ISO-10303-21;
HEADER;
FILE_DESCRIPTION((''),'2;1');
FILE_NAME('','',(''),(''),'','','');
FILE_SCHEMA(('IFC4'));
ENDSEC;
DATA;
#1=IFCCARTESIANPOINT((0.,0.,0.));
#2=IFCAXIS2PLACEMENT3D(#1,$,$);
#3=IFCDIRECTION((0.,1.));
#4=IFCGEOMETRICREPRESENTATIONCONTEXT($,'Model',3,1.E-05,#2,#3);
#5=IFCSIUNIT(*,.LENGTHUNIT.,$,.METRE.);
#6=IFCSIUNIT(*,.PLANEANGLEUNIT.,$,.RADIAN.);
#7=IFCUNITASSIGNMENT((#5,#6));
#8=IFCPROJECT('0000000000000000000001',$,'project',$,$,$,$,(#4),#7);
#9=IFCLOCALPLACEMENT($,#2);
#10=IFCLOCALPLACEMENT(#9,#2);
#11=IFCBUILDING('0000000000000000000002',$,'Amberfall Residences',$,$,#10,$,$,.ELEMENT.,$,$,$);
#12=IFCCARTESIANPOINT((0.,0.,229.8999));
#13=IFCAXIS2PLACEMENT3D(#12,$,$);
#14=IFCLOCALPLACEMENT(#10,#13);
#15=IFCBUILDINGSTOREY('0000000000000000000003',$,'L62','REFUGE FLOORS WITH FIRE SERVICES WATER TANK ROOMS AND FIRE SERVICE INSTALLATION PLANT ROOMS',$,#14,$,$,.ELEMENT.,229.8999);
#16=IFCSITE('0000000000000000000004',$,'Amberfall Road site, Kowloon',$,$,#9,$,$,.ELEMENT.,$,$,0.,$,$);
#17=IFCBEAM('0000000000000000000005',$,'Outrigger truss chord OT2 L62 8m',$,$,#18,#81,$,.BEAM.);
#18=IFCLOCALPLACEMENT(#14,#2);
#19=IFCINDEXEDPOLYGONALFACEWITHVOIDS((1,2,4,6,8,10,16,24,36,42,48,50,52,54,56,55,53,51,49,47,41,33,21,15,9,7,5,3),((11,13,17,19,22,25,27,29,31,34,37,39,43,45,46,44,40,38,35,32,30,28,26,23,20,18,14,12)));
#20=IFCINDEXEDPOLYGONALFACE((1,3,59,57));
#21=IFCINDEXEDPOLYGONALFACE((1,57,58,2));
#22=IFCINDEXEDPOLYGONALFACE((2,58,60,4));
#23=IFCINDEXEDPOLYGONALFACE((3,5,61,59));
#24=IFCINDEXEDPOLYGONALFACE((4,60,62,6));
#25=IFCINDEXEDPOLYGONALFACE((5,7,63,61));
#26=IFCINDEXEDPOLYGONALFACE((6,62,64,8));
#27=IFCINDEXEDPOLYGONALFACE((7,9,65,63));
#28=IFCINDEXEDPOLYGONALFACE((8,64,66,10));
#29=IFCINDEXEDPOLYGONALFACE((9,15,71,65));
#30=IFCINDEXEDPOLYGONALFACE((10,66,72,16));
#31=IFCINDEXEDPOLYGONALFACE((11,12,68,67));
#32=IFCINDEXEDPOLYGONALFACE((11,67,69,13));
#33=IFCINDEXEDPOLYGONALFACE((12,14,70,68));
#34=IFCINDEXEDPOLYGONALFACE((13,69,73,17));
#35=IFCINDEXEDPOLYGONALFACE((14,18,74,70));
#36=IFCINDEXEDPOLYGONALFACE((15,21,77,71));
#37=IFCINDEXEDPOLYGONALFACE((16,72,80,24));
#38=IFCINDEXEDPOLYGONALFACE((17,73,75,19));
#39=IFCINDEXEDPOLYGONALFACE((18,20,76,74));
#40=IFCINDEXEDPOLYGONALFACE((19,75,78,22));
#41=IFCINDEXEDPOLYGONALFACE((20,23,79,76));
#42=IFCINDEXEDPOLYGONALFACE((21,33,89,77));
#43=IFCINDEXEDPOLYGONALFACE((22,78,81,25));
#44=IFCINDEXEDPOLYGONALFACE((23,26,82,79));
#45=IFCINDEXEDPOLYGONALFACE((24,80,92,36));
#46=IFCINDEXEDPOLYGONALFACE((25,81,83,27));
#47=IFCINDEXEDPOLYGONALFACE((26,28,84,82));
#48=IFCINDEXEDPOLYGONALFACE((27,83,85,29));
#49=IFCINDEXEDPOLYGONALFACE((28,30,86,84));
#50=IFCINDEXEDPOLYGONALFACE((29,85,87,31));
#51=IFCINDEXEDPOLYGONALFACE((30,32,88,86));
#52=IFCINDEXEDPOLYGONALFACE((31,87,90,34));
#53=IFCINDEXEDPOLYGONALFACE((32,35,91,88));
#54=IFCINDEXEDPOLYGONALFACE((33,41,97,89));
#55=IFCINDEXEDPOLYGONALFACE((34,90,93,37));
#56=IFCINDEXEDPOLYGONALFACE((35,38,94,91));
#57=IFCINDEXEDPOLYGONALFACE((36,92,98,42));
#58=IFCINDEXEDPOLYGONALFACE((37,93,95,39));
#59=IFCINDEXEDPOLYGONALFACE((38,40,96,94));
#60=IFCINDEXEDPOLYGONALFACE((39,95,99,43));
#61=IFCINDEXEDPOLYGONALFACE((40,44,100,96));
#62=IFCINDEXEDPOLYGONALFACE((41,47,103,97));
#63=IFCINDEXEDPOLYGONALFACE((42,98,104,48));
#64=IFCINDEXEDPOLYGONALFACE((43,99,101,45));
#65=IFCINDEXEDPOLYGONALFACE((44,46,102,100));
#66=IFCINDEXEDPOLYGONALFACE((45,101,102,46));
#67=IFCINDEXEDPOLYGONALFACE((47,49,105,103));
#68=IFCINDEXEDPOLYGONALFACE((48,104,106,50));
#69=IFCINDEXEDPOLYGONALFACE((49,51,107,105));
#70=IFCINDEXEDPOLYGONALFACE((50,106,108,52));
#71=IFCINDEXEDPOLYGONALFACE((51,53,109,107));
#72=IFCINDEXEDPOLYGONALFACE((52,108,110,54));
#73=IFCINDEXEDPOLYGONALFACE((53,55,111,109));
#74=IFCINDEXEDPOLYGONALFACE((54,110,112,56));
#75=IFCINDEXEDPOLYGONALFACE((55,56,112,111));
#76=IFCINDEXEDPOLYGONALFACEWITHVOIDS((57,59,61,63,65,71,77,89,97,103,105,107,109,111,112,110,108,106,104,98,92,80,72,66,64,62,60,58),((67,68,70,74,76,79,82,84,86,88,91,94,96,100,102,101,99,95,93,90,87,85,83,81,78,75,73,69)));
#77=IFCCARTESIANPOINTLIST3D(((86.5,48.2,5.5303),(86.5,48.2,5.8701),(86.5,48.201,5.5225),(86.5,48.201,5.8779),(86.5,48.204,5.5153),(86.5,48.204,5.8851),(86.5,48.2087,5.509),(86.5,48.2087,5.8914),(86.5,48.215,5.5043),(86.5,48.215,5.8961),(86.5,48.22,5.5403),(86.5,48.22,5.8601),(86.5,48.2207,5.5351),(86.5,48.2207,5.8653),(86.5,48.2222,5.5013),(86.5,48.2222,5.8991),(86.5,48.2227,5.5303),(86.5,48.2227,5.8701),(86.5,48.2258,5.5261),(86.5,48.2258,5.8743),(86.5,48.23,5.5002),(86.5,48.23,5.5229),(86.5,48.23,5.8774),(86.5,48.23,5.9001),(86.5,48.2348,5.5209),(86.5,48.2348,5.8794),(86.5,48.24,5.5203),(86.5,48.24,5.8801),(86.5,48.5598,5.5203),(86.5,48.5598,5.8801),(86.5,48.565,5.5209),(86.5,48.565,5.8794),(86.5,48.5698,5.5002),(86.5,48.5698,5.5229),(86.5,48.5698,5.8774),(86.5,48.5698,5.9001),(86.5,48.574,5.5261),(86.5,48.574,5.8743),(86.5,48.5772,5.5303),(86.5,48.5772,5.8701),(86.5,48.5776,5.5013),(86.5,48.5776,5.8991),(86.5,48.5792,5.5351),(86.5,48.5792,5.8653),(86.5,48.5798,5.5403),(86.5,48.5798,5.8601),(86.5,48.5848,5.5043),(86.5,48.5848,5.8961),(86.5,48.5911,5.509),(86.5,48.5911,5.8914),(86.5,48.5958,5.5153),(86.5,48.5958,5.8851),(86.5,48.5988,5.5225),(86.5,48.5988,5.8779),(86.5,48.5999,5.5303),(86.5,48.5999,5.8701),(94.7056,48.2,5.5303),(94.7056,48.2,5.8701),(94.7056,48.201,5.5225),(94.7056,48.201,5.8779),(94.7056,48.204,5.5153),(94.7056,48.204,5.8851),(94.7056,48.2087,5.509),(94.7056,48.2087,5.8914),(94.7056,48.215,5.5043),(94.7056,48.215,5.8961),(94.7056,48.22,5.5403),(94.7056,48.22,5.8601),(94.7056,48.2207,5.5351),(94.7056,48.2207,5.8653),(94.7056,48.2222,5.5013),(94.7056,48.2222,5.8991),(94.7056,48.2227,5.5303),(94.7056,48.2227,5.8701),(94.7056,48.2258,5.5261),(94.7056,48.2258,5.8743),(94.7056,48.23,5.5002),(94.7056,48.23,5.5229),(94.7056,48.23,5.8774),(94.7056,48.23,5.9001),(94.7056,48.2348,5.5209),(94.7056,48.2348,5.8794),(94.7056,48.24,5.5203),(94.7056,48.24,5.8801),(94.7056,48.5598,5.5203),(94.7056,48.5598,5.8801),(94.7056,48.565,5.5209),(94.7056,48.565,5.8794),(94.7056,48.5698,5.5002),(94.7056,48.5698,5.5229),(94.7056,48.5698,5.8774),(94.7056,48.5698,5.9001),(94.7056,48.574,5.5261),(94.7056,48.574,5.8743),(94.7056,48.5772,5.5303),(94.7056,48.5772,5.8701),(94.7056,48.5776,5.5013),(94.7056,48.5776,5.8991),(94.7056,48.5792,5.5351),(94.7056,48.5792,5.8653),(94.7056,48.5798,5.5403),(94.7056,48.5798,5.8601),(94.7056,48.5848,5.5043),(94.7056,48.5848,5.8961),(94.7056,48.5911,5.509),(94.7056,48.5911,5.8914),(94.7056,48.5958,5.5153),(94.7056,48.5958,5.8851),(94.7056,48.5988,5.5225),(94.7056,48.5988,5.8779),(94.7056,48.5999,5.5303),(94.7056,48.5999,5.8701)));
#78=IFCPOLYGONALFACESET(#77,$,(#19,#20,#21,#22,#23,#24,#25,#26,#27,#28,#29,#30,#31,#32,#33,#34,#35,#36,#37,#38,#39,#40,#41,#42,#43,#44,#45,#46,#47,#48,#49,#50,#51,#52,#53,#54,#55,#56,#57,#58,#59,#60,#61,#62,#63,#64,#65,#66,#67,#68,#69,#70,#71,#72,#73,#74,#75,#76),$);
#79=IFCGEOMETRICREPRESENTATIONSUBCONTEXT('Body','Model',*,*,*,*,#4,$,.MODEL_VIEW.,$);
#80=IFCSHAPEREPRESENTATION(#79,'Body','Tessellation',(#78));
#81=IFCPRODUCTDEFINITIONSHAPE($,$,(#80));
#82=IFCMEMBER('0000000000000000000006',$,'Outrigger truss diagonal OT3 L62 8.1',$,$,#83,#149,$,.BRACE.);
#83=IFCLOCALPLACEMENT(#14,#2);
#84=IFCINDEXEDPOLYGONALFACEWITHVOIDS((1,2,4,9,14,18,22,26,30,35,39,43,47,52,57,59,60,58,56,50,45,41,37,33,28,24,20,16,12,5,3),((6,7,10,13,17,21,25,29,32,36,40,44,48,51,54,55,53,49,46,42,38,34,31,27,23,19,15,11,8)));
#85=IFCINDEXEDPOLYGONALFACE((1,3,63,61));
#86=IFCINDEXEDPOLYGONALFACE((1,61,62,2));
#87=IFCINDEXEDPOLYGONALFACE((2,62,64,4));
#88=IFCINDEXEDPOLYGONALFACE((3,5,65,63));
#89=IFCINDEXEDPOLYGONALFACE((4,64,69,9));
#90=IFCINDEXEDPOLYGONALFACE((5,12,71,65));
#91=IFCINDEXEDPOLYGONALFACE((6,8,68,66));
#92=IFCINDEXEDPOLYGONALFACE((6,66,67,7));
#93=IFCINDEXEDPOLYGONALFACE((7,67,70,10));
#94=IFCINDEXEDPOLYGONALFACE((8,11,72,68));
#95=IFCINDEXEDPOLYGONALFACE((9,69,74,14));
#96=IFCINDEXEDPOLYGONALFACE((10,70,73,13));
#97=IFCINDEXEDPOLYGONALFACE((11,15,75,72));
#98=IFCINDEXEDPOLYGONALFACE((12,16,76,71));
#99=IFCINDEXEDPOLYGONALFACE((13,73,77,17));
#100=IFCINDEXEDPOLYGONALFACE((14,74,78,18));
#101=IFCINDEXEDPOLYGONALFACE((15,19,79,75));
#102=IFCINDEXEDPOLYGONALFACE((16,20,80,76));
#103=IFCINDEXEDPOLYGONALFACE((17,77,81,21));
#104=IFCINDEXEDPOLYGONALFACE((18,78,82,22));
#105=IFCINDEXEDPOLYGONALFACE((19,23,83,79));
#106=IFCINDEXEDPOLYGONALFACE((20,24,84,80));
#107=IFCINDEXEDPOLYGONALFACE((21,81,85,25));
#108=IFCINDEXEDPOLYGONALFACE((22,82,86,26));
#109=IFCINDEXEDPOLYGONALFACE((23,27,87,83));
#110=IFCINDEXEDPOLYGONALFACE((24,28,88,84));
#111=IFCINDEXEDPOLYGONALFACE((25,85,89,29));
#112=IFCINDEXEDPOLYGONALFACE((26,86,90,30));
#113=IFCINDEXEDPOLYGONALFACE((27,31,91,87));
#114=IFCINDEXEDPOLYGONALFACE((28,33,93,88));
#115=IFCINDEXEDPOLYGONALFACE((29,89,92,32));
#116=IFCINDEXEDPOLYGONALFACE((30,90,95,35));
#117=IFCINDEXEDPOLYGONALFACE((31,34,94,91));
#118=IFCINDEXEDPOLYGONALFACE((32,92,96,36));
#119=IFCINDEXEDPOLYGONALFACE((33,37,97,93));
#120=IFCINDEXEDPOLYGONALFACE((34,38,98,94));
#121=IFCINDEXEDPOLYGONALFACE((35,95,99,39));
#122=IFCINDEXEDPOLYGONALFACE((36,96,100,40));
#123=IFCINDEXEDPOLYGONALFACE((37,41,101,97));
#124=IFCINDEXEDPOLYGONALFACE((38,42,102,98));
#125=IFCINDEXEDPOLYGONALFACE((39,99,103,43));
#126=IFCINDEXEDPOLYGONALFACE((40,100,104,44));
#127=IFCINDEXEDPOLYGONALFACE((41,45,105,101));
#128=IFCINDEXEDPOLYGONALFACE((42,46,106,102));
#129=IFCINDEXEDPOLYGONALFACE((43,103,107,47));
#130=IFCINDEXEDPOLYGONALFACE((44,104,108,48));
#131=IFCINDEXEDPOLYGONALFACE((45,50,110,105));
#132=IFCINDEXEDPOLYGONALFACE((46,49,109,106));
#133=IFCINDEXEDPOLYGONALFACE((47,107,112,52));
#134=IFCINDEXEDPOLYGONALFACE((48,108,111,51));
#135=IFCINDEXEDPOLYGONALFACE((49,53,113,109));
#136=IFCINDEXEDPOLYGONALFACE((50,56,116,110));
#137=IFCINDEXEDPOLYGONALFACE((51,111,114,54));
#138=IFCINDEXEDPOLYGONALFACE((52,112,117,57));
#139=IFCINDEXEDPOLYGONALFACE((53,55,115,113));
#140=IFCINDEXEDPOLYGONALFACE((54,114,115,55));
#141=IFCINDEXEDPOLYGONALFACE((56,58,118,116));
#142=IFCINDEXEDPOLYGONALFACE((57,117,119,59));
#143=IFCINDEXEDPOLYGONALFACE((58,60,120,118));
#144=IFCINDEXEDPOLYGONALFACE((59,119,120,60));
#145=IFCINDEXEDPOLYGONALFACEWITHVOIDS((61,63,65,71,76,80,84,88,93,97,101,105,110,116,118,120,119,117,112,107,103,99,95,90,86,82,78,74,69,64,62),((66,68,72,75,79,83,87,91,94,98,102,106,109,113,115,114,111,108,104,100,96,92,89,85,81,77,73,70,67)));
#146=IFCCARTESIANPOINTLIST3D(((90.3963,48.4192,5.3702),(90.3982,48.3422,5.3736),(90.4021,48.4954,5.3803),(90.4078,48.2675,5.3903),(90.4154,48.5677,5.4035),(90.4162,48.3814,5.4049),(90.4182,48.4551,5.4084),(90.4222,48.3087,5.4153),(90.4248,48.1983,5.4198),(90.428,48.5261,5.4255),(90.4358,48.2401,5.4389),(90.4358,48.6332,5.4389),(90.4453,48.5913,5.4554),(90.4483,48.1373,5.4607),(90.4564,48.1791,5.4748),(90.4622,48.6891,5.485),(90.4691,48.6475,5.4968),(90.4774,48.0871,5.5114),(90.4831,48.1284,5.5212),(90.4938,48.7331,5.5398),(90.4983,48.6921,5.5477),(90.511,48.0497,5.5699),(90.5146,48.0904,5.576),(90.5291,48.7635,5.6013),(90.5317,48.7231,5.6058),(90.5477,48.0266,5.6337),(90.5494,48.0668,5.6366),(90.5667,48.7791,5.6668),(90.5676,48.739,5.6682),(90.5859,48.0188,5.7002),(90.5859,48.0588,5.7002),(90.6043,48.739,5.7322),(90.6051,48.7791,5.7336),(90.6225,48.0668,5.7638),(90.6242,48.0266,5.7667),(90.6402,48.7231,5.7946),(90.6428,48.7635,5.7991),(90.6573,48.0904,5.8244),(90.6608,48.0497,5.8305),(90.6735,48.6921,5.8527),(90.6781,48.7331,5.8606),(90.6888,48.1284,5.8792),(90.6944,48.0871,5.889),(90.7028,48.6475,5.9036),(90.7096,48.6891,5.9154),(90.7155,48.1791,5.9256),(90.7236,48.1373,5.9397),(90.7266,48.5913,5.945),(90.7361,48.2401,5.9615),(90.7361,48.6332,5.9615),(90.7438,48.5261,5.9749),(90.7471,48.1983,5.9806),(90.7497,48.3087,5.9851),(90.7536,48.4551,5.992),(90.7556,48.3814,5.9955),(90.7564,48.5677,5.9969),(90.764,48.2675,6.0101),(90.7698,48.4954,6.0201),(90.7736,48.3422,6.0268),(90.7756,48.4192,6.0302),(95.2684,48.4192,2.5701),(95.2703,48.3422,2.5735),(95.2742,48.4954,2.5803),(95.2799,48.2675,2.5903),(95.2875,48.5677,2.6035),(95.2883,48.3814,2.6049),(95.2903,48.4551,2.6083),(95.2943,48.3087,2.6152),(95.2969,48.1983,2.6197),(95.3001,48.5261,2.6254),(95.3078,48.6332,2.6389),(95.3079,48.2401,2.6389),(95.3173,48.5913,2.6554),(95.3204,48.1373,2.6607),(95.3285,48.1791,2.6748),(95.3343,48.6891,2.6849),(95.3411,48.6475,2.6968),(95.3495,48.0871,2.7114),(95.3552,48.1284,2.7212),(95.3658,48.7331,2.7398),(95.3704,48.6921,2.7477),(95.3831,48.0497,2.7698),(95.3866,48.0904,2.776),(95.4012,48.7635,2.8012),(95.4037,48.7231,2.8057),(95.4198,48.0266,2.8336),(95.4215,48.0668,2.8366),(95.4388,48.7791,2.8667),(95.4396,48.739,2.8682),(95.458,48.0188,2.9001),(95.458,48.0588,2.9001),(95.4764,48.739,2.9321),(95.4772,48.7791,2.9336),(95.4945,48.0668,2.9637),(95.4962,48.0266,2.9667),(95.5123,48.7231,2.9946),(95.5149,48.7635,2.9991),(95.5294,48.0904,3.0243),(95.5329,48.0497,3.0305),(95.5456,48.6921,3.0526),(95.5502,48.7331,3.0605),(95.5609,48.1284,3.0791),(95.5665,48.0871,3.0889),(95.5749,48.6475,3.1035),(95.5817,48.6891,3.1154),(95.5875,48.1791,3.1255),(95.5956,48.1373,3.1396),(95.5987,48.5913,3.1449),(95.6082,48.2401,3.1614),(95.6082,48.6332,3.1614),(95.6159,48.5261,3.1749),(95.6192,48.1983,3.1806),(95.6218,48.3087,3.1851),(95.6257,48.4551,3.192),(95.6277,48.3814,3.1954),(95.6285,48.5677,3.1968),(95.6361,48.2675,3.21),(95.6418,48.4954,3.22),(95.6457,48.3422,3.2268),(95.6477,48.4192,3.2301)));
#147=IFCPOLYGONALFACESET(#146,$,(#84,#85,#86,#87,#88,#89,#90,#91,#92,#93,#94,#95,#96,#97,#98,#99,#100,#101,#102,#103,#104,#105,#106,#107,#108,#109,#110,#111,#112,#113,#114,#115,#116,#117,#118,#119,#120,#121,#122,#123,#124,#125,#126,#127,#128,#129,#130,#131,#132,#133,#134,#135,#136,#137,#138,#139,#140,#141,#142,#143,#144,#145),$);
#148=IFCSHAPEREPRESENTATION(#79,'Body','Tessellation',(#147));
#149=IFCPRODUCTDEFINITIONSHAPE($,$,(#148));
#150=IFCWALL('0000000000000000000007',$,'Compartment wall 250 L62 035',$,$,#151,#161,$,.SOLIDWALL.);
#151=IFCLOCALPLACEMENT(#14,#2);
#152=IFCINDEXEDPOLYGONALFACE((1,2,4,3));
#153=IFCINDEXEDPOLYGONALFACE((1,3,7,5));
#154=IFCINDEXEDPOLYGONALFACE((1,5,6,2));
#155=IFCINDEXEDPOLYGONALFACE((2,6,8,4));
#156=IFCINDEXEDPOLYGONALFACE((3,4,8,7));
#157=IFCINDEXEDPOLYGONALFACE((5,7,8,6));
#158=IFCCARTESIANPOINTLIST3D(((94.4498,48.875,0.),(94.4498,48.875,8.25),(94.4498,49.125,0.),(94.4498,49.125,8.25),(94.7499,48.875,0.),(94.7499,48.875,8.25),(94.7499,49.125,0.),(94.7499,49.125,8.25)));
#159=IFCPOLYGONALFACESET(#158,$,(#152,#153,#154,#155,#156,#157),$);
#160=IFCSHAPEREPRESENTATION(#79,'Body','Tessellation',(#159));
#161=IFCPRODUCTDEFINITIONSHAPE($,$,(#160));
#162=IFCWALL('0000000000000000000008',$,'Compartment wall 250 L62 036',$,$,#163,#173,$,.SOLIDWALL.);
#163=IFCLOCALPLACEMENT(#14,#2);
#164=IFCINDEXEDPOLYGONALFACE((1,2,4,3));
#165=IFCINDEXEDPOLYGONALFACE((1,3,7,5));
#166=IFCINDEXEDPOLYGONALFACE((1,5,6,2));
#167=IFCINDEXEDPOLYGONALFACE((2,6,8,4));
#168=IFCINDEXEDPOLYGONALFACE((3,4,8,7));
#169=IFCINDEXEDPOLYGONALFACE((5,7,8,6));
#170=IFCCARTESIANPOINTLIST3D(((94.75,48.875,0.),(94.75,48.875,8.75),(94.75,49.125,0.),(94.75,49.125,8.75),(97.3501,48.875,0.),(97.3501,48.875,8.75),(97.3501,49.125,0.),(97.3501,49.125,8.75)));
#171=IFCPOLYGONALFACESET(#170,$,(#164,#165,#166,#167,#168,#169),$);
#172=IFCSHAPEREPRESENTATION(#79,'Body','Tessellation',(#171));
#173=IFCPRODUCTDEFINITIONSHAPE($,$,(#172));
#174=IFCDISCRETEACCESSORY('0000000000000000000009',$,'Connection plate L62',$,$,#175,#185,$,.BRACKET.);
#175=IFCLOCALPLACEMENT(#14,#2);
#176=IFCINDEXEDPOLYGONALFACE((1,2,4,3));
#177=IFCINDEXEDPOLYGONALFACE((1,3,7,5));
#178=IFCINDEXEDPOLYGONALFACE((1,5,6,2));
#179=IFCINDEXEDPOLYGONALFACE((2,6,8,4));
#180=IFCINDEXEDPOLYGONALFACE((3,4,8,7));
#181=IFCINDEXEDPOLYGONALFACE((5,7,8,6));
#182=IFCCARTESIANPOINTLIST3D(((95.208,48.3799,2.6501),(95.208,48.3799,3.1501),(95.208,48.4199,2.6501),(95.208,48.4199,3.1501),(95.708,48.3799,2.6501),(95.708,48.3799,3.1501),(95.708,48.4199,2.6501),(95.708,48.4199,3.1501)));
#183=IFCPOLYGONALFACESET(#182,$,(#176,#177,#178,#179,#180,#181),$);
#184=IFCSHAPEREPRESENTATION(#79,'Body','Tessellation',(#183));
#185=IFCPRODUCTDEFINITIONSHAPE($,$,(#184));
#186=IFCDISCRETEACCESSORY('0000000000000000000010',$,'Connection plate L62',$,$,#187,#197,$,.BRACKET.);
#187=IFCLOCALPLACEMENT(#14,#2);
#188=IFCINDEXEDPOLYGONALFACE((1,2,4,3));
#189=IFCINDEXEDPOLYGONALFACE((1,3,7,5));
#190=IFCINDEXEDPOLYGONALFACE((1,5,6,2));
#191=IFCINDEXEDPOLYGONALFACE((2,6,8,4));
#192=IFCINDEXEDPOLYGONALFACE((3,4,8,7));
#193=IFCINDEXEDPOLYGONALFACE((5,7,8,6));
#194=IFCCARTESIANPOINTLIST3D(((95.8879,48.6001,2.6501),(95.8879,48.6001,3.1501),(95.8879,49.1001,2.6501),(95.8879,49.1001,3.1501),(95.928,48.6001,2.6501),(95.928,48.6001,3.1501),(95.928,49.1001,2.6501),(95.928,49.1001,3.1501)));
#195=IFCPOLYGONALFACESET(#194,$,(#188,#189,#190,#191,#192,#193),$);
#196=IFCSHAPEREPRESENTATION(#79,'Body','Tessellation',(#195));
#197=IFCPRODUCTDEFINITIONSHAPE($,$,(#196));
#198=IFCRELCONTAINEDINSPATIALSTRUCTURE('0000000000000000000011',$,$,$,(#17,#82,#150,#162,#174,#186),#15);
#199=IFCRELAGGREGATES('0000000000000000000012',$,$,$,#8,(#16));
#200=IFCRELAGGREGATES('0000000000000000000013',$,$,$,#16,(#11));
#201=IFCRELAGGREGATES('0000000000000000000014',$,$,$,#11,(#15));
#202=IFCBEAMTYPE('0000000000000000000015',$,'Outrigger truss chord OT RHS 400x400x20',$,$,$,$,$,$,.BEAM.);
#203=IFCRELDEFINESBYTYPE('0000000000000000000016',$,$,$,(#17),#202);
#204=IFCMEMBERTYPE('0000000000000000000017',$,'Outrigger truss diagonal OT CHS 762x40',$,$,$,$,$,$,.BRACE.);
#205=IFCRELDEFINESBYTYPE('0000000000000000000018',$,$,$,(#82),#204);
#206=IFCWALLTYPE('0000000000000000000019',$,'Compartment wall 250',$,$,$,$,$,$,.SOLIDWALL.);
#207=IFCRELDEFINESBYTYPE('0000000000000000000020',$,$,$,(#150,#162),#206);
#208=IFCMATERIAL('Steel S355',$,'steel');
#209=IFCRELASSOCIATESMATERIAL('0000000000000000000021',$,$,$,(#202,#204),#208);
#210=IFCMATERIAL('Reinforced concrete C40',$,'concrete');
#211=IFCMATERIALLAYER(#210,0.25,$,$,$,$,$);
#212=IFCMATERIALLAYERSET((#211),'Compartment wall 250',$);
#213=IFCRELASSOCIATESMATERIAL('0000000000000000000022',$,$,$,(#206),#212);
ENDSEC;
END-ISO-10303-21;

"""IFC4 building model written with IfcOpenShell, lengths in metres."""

from ifc_helpers import new_model, si_unit, direction, frame, frame_2d, origin, origin_2d, place, context, subcontext, project, spatial, rectangle, hollow_rectangle, hollow_circle, extrude, material, layer, layer_set, material_profile, profile_set, type_object, element, save


model = new_model("IFC4")

# Units and contexts
model_context = context("Model", 3, precision=1e-05, world=origin(), true_north=direction((0.0, 1.0)))
body_context = subcontext(model_context, "Body", "Model", "MODEL_VIEW")
ifc_project = project(units=[si_unit("LENGTHUNIT", "METRE"), si_unit("PLANEANGLEUNIT", "RADIAN")], contexts=[model_context])

# Site, building, storey
site_placement = place(None, origin())
site = spatial("IfcSite", under=ifc_project, at=site_placement, Name="Amberfall Road site, Kowloon", CompositionType="ELEMENT", RefElevation=0.0)
building_placement = place(site_placement, origin())
building = spatial("IfcBuilding", under=site, at=building_placement, Name="Amberfall Residences", CompositionType="ELEMENT")
storey_placement = place(building_placement, frame((0.0, 0.0, 229.8999)))
storey = spatial("IfcBuildingStorey", under=building, at=storey_placement, Name="L62", Description="REFUGE FLOORS WITH FIRE SERVICES WATER TANK ROOMS AND FIRE SERVICE INSTALLATION PLANT ROOMS", CompositionType="ELEMENT", Elevation=229.8999)

# Shared definitions
ifc_material_1 = material(Name="Steel S355", Category="steel")

# Beam
ifc_material_profile_1 = material_profile(ifc_material_1, hollow_rectangle(XDim=0.3999, YDim=0.3999, WallThickness=0.02, InnerFilletRadius=0.02, OuterFilletRadius=0.03, at=origin_2d()), Name="RHS 400x400x20")
ifc_profile_set_1 = profile_set([ifc_material_profile_1], Name="Steel S355")
beam_type_1 = type_object("IfcBeamType", Name="Outrigger truss chord OT RHS 400x400x20", PredefinedType="BEAM", material=ifc_profile_set_1)
beam_1_placement = place(storey_placement, frame((94.7056, 48.3999, 5.7002), z_axis=(-1.0, 0.0, 0.0), x_axis=(0.0, -1.0, 0.0)))
element("IfcBeam", 1, at=beam_1_placement, inside=storey, type_object=beam_type_1, Name="Outrigger truss chord OT2 L62 8m", PredefinedType="BEAM", context=body_context, shape_type="SweptSolid", body=[
    extrude(hollow_rectangle(XDim=0.3999, YDim=0.3999, WallThickness=0.02, InnerFilletRadius=0.02, OuterFilletRadius=0.03, at=origin_2d()), origin(), (0.0, 0.0, 1.0), 8.2056),
])

# Member
ifc_material_profile_2 = material_profile(ifc_material_1, hollow_circle(Radius=0.3811, WallThickness=0.04, at=origin_2d()), Name="CHS 762x40")
ifc_profile_set_2 = profile_set([ifc_material_profile_2], Name="Steel S355")
member_type_1 = type_object("IfcMemberType", Name="Outrigger truss diagonal OT CHS 762x40", PredefinedType="BRACE", material=ifc_profile_set_2)
member_1_placement = place(storey_placement, frame((95.458, 48.3999, 2.9001), z_axis=(-0.867013, 0.0, 0.498285), x_axis=(0.0, -1.0, 0.0)))
element("IfcMember", 2, at=member_1_placement, inside=storey, type_object=member_type_1, Name="Outrigger truss diagonal OT3 L62 8.1", PredefinedType="BRACE", context=body_context, shape_type="SweptSolid", body=[
    extrude(hollow_circle(Radius=0.3811, WallThickness=0.04, at=origin_2d()), origin(), (0.0, 0.0, 1.0), 5.6194),
])

# Walls
ifc_material_2 = material(Name="Reinforced concrete C40", Category="concrete")
ifc_layer = layer(ifc_material_2, 0.25)
ifc_layer_set = layer_set([ifc_layer], Name="Compartment wall 250")
wall_type = type_object("IfcWallType", Name="Compartment wall 250", PredefinedType="SOLIDWALL", material=ifc_layer_set)
wall_1_placement = place(storey_placement, frame((94.45, 49.0, 0.0), z_axis=(0.0, 0.0, 1.0), x_axis=(1.0, 0.0, 0.0)))
element("IfcWall", 3, at=wall_1_placement, inside=storey, type_object=wall_type, Name="Compartment wall 250 L62 035", PredefinedType="SOLIDWALL", context=body_context, shape_type="SweptSolid", body=[
    extrude(rectangle(XDim=0.3, YDim=0.25, at=frame_2d((0.1499, 0.0))), origin(), (0.0, 0.0, 1.0), 8.25),
])
wall_2_placement = place(storey_placement, frame((94.75, 49.0, 0.0), z_axis=(0.0, 0.0, 1.0), x_axis=(1.0, 0.0, 0.0)))
element("IfcWall", 4, at=wall_2_placement, inside=storey, type_object=wall_type, Name="Compartment wall 250 L62 036", PredefinedType="SOLIDWALL", context=body_context, shape_type="SweptSolid", body=[
    extrude(rectangle(XDim=2.6001, YDim=0.25, at=frame_2d((1.3, 0.0))), origin(), (0.0, 0.0, 1.0), 8.75),
])

# Discrete accessories
for number, where, z_axis, x_axis, name in (
    (5, (95.458, 48.3999, 2.6501), (0.0, 0.0, 1.0), (1.0, 0.0, 0.0), "Connection plate L62"),
    (6, (95.908, 48.8501, 2.6501), (0.0, 0.0, 1.0), (0.0, 1.0, 0.0), "Connection plate L62"),
):
    element("IfcDiscreteAccessory", number, at=place(storey_placement, frame(where, z_axis=z_axis, x_axis=x_axis)), inside=storey, Name=name, PredefinedType="BRACKET", context=body_context, shape_type="SweptSolid", body=[
        extrude(rectangle(XDim=0.5, YDim=0.04, at=origin_2d()), origin(), (0.0, 0.0, 1.0), 0.5),
    ])

save(model, "model.ifc")
